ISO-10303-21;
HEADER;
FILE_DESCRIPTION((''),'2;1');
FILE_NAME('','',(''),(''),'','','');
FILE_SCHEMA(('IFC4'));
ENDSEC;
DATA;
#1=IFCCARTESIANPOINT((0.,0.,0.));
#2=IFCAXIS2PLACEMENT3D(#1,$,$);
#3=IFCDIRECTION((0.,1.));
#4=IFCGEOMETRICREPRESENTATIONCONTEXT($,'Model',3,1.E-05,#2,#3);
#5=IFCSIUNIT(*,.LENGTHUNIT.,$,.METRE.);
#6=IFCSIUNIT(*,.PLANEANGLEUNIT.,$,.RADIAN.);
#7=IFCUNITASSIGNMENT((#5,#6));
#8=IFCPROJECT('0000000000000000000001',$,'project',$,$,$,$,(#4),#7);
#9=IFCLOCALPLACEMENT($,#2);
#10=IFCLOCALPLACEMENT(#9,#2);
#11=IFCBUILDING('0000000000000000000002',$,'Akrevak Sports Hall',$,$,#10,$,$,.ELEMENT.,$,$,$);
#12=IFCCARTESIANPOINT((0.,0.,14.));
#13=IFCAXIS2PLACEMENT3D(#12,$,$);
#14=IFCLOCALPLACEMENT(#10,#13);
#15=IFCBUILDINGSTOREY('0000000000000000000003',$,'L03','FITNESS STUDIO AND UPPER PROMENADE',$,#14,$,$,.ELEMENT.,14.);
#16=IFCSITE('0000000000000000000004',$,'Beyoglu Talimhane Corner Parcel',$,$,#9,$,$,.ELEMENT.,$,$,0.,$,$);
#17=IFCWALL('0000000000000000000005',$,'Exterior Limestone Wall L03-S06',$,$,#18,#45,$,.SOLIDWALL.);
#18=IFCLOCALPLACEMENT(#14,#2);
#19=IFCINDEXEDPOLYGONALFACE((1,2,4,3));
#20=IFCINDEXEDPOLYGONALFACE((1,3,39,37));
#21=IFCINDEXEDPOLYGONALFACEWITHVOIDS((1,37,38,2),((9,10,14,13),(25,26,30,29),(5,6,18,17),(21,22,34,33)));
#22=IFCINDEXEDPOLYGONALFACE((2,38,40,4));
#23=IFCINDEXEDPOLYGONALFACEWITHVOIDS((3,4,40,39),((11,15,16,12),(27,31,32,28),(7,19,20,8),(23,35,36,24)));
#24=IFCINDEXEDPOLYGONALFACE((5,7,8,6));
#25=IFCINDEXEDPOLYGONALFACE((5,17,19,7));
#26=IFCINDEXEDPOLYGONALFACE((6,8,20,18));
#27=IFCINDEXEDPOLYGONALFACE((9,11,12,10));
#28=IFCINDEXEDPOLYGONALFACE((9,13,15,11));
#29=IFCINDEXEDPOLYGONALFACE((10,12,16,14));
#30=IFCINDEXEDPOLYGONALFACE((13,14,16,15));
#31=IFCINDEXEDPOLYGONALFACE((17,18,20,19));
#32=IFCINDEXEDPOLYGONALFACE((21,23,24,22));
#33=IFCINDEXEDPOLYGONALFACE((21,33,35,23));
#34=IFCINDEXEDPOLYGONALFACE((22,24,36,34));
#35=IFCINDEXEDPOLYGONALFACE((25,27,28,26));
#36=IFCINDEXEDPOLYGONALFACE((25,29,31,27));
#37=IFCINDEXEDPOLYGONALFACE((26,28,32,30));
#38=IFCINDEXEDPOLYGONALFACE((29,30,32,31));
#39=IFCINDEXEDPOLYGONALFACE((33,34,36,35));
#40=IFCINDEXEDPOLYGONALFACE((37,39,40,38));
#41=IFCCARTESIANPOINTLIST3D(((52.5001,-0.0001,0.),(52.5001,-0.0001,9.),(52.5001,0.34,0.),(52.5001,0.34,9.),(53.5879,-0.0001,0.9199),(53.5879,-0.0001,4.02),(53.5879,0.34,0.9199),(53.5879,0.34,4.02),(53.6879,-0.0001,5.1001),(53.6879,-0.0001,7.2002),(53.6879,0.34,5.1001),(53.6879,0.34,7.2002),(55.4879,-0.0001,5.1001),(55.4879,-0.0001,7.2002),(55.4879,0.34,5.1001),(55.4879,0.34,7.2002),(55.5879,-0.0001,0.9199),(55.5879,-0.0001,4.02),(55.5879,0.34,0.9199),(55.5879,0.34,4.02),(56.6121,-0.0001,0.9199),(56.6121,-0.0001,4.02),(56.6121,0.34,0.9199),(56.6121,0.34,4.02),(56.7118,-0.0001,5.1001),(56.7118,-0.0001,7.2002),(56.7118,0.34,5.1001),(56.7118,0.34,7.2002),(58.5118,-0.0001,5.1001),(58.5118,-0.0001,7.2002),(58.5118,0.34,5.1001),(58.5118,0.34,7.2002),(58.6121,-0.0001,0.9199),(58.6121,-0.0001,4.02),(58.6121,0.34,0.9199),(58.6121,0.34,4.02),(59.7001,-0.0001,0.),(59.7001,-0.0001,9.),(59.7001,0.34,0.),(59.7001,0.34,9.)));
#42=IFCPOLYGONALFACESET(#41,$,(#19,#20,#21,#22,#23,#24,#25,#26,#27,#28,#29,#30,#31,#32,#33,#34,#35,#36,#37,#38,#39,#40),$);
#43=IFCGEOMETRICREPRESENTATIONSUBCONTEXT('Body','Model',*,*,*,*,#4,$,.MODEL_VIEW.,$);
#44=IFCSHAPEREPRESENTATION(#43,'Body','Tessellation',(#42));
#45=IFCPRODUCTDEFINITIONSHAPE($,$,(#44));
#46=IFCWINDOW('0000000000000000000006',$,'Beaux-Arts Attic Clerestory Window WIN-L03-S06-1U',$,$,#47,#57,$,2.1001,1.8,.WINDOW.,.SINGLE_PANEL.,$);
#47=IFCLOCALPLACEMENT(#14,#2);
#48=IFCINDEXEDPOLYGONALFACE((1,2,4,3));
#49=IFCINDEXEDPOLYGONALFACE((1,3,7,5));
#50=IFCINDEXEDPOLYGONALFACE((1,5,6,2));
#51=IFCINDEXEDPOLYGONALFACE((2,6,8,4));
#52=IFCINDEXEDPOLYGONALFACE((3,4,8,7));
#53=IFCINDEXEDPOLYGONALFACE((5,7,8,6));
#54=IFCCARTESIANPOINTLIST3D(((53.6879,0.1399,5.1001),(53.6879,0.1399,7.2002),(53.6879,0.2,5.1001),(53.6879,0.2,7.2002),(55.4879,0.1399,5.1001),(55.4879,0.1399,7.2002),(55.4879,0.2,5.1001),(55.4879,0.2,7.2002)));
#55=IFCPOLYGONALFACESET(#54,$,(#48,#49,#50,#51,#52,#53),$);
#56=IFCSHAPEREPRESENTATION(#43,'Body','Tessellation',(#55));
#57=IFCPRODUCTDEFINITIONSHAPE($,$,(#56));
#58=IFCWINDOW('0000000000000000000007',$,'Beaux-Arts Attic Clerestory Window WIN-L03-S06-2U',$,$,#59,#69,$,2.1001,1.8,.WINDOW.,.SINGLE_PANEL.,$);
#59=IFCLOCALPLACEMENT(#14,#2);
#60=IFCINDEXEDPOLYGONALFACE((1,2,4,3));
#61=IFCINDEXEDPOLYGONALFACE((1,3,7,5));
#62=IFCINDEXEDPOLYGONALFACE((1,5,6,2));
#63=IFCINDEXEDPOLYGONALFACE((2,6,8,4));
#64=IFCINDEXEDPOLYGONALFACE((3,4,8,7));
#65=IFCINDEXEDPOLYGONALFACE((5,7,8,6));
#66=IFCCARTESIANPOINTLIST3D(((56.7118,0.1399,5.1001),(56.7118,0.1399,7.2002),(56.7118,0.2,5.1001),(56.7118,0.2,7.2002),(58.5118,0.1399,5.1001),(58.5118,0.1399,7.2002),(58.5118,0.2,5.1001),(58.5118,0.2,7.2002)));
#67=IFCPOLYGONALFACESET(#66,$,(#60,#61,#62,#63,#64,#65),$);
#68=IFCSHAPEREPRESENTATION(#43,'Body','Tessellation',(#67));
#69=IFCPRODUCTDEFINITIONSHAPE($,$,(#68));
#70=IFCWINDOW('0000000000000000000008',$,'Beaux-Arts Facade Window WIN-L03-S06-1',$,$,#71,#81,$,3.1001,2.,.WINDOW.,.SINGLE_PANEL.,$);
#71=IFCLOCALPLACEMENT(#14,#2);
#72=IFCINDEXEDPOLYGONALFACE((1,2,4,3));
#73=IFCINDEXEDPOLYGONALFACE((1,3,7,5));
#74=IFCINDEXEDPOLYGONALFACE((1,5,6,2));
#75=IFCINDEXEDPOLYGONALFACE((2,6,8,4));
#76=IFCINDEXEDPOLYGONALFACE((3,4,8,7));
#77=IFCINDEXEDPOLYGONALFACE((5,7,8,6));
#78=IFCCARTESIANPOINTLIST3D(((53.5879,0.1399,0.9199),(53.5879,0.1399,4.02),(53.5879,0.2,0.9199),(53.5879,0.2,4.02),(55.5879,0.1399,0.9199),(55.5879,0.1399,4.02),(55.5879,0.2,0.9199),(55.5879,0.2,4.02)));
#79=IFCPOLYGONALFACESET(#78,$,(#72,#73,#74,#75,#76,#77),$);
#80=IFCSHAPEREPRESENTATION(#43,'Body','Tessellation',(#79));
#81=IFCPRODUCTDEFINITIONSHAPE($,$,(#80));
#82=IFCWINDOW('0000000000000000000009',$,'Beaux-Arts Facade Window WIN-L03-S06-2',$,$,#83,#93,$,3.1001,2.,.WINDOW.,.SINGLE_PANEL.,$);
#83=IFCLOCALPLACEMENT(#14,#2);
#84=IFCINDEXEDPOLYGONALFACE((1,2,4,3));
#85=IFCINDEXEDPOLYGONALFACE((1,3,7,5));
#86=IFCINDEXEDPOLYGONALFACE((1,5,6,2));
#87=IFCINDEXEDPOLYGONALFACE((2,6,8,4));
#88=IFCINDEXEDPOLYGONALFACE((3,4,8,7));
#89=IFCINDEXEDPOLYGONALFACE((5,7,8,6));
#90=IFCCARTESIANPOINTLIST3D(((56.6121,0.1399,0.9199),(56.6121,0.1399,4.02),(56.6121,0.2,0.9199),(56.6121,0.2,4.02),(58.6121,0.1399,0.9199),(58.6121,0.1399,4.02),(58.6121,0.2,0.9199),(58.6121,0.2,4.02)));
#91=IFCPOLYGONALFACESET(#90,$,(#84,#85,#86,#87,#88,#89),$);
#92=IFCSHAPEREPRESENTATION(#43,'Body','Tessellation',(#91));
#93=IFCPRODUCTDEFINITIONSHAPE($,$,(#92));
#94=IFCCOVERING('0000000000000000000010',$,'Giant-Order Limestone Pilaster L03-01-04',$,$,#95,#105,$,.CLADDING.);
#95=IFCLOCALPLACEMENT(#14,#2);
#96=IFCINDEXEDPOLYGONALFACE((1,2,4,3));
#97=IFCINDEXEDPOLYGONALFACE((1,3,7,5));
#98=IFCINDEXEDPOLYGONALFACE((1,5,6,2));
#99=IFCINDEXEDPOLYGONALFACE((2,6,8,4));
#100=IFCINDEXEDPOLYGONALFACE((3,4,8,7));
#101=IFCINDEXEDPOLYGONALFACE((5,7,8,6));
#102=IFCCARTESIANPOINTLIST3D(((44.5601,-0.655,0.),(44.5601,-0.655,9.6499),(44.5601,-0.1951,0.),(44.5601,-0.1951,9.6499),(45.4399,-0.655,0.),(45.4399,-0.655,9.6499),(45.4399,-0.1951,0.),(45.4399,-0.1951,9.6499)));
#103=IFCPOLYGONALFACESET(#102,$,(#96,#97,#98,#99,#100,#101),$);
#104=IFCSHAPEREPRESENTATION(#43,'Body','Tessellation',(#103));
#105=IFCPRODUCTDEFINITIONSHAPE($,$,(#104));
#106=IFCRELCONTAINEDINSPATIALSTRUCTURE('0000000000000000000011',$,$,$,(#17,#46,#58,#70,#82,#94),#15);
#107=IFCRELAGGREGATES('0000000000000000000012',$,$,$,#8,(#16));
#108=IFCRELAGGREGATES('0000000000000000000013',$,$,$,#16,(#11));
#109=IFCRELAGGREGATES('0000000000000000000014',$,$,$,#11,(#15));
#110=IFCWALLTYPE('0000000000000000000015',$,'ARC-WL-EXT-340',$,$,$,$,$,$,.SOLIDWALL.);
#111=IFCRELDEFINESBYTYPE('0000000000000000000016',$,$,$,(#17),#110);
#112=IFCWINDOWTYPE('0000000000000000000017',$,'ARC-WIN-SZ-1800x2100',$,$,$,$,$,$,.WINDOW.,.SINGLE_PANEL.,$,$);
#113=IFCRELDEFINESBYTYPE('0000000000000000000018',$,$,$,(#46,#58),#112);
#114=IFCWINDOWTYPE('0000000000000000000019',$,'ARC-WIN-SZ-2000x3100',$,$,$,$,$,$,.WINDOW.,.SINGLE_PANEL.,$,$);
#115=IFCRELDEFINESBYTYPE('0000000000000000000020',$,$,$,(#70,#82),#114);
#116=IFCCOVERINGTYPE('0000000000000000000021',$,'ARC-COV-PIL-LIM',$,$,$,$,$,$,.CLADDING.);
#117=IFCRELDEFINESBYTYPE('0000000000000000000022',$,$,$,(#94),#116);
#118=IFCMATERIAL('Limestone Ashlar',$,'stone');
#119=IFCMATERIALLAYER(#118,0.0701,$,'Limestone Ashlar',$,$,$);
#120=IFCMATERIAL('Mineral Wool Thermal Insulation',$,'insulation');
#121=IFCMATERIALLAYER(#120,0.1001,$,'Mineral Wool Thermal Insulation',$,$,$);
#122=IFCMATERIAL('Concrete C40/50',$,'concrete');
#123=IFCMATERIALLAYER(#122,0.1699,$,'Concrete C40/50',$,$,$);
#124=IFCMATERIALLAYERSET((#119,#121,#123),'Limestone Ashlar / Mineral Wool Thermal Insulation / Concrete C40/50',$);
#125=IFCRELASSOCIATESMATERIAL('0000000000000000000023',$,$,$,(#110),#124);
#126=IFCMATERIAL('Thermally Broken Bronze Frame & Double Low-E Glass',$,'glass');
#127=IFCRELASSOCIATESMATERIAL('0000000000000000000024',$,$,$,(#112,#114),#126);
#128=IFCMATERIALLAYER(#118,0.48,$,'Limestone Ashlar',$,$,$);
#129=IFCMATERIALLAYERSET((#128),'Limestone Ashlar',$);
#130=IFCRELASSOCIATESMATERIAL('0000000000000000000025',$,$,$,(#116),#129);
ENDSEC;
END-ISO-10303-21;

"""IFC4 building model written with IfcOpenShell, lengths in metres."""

from ifc_helpers import new_model, si_unit, direction, frame, frame_2d, origin, origin_2d, place, context, subcontext, project, spatial, rectangle, extrude, material, layer, layer_set, type_object, element, fill, save


model = new_model("IFC4")

# Units and contexts
model_context = context("Model", 3, precision=1e-05, world=origin(), true_north=direction((0.0, 1.0)))
body_context = subcontext(model_context, "Body", "Model", "MODEL_VIEW")
ifc_project = project(units=[si_unit("LENGTHUNIT", "METRE"), si_unit("PLANEANGLEUNIT", "RADIAN")], contexts=[model_context])

# Site, building, storey
site_placement = place(None, origin())
site = spatial("IfcSite", under=ifc_project, at=site_placement, Name="Beyoglu Talimhane Corner Parcel", CompositionType="ELEMENT", RefElevation=0.0)
building_placement = place(site_placement, origin())
building = spatial("IfcBuilding", under=site, at=building_placement, Name="Akrevak Sports Hall", CompositionType="ELEMENT")
storey_placement = place(building_placement, frame((0.0, 0.0, 14.0)))
storey = spatial("IfcBuildingStorey", under=building, at=storey_placement, Name="L03", Description="FITNESS STUDIO AND UPPER PROMENADE", CompositionType="ELEMENT", Elevation=14.0)

# Shared definitions
ifc_material_1 = material(Name="Concrete C40/50", Category="concrete")

# Wall, openings, windows
ifc_material_2 = material(Name="Limestone Ashlar", Category="stone")
ifc_layer_1 = layer(ifc_material_2, 0.0701, Name="Limestone Ashlar")
ifc_material_3 = material(Name="Mineral Wool Thermal Insulation", Category="insulation")
ifc_layer_2 = layer(ifc_material_3, 0.1001, Name="Mineral Wool Thermal Insulation")
ifc_layer_3 = layer(ifc_material_1, 0.1699, Name="Concrete C40/50")
ifc_layer_set_1 = layer_set([ifc_layer_1, ifc_layer_2, ifc_layer_3], Name="Limestone Ashlar / Mineral Wool Thermal Insulation / Concrete C40/50")
wall_type = type_object("IfcWallType", Name="ARC-WL-EXT-340", PredefinedType="SOLIDWALL", material=ifc_layer_set_1)
ifc_material_4 = material(Name="Thermally Broken Bronze Frame & Double Low-E Glass", Category="glass")
window_type_1 = type_object("IfcWindowType", Name="ARC-WIN-SZ-1800x2100", PartitioningType="SINGLE_PANEL", PredefinedType="WINDOW", material=ifc_material_4)
window_type_2 = type_object("IfcWindowType", Name="ARC-WIN-SZ-2000x3100", PartitioningType="SINGLE_PANEL", PredefinedType="WINDOW", material=ifc_material_4)
wall_1_placement = place(storey_placement, frame((52.5, 0.1699, 0.0), z_axis=(0.0, 0.0, 1.0), x_axis=(1.0, 0.0, 0.0)))
wall_1 = element("IfcWall", 1, at=wall_1_placement, inside=storey, type_object=wall_type, Name="Exterior Limestone Wall L03-S06", PredefinedType="SOLIDWALL", context=body_context, shape_type="SweptSolid", body=[
    extrude(rectangle(XDim=7.2, YDim=0.3401, at=frame_2d((3.6001, 0.0))), origin(), (0.0, 0.0, 1.0), 9.0),
])
opening_1_placement = place(wall_1_placement, frame((1.0879, 0.0, 0.9199)))
opening_1 = element("IfcOpeningElement", 2, at=opening_1_placement, cuts=wall_1, PredefinedType="OPENING", context=body_context, shape_type="SweptSolid", body=[
    extrude(rectangle(XDim=2.0, YDim=3.1001, at=frame_2d((1.0, 1.55))), frame((0.0, 0.1821, 0.0), z_axis=(0.0, -1.0, 0.0), x_axis=(1.0, 0.0, 0.0)), (0.0, 0.0, 1.0), 0.364),
])
opening_2_placement = place(wall_1_placement, frame((1.188, 0.0, 5.1001)))
opening_2 = element("IfcOpeningElement", 3, at=opening_2_placement, cuts=wall_1, PredefinedType="OPENING", context=body_context, shape_type="SweptSolid", body=[
    extrude(rectangle(XDim=1.8, YDim=2.1001, at=frame_2d((0.8999, 1.05))), frame((0.0, 0.1821, 0.0), z_axis=(0.0, -1.0, 0.0), x_axis=(1.0, 0.0, 0.0)), (0.0, 0.0, 1.0), 0.364),
])
opening_3_placement = place(wall_1_placement, frame((4.1121, 0.0, 0.9199)))
opening_3 = element("IfcOpeningElement", 4, at=opening_3_placement, cuts=wall_1, PredefinedType="OPENING", context=body_context, shape_type="SweptSolid", body=[
    extrude(rectangle(XDim=2.0, YDim=3.1001, at=frame_2d((1.0, 1.55))), frame((0.0, 0.1821, 0.0), z_axis=(0.0, -1.0, 0.0), x_axis=(1.0, 0.0, 0.0)), (0.0, 0.0, 1.0), 0.364),
])
opening_4_placement = place(wall_1_placement, frame((4.2119, 0.0, 5.1001)))
opening_4 = element("IfcOpeningElement", 5, at=opening_4_placement, cuts=wall_1, PredefinedType="OPENING", context=body_context, shape_type="SweptSolid", body=[
    extrude(rectangle(XDim=1.8, YDim=2.1001, at=frame_2d((0.8999, 1.05))), frame((0.0, 0.1821, 0.0), z_axis=(0.0, -1.0, 0.0), x_axis=(1.0, 0.0, 0.0)), (0.0, 0.0, 1.0), 0.364),
])
window_1_placement = place(opening_2_placement, origin())
window_1 = element("IfcWindow", 6, at=window_1_placement, inside=storey, type_object=window_type_1, Name="Beaux-Arts Attic Clerestory Window WIN-L03-S06-1U", OverallHeight=2.1001, OverallWidth=1.8, PartitioningType="SINGLE_PANEL", PredefinedType="WINDOW", context=body_context, shape_type="SweptSolid", body=[
    extrude(rectangle(XDim=1.8, YDim=2.1001, at=frame_2d((0.8999, 1.05))), frame((0.0, 0.03, 0.0), z_axis=(0.0, -1.0, 0.0), x_axis=(1.0, 0.0, 0.0)), (0.0, 0.0, 1.0), 0.0601),
])
fill(opening_2, window_1)
window_2_placement = place(opening_4_placement, origin())
window_2 = element("IfcWindow", 7, at=window_2_placement, inside=storey, type_object=window_type_1, Name="Beaux-Arts Attic Clerestory Window WIN-L03-S06-2U", OverallHeight=2.1001, OverallWidth=1.8, PartitioningType="SINGLE_PANEL", PredefinedType="WINDOW", context=body_context, shape_type="SweptSolid", body=[
    extrude(rectangle(XDim=1.8, YDim=2.1001, at=frame_2d((0.8999, 1.05))), frame((0.0, 0.03, 0.0), z_axis=(0.0, -1.0, 0.0), x_axis=(1.0, 0.0, 0.0)), (0.0, 0.0, 1.0), 0.0601),
])
fill(opening_4, window_2)
window_3_placement = place(opening_1_placement, origin())
window_3 = element("IfcWindow", 8, at=window_3_placement, inside=storey, type_object=window_type_2, Name="Beaux-Arts Facade Window WIN-L03-S06-1", OverallHeight=3.1001, OverallWidth=2.0, PartitioningType="SINGLE_PANEL", PredefinedType="WINDOW", context=body_context, shape_type="SweptSolid", body=[
    extrude(rectangle(XDim=2.0, YDim=3.1001, at=frame_2d((1.0, 1.55))), frame((0.0, 0.03, 0.0), z_axis=(0.0, -1.0, 0.0), x_axis=(1.0, 0.0, 0.0)), (0.0, 0.0, 1.0), 0.0601),
])
fill(opening_1, window_3)
window_4_placement = place(opening_3_placement, origin())
window_4 = element("IfcWindow", 9, at=window_4_placement, inside=storey, type_object=window_type_2, Name="Beaux-Arts Facade Window WIN-L03-S06-2", OverallHeight=3.1001, OverallWidth=2.0, PartitioningType="SINGLE_PANEL", PredefinedType="WINDOW", context=body_context, shape_type="SweptSolid", body=[
    extrude(rectangle(XDim=2.0, YDim=3.1001, at=frame_2d((1.0, 1.55))), frame((0.0, 0.03, 0.0), z_axis=(0.0, -1.0, 0.0), x_axis=(1.0, 0.0, 0.0)), (0.0, 0.0, 1.0), 0.0601),
])
fill(opening_3, window_4)

# Covering
ifc_layer_4 = layer(ifc_material_2, 0.48, Name="Limestone Ashlar")
ifc_layer_set_2 = layer_set([ifc_layer_4], Name="Limestone Ashlar")
covering_type = type_object("IfcCoveringType", Name="ARC-COV-PIL-LIM", PredefinedType="CLADDING", material=ifc_layer_set_2)
covering_placement = place(storey_placement, frame((45.0, -0.425, 0.0), z_axis=(0.0, 0.0, 1.0), x_axis=(1.0, 0.0, 0.0)))
element("IfcCovering", 10, at=covering_placement, inside=storey, type_object=covering_type, Name="Giant-Order Limestone Pilaster L03-01-04", PredefinedType="CLADDING", context=body_context, shape_type="SweptSolid", body=[
    extrude(rectangle(XDim=0.8799, YDim=0.46, at=origin_2d()), origin(), (0.0, 0.0, 1.0), 9.6499),
])

save(model, "model.ifc")
